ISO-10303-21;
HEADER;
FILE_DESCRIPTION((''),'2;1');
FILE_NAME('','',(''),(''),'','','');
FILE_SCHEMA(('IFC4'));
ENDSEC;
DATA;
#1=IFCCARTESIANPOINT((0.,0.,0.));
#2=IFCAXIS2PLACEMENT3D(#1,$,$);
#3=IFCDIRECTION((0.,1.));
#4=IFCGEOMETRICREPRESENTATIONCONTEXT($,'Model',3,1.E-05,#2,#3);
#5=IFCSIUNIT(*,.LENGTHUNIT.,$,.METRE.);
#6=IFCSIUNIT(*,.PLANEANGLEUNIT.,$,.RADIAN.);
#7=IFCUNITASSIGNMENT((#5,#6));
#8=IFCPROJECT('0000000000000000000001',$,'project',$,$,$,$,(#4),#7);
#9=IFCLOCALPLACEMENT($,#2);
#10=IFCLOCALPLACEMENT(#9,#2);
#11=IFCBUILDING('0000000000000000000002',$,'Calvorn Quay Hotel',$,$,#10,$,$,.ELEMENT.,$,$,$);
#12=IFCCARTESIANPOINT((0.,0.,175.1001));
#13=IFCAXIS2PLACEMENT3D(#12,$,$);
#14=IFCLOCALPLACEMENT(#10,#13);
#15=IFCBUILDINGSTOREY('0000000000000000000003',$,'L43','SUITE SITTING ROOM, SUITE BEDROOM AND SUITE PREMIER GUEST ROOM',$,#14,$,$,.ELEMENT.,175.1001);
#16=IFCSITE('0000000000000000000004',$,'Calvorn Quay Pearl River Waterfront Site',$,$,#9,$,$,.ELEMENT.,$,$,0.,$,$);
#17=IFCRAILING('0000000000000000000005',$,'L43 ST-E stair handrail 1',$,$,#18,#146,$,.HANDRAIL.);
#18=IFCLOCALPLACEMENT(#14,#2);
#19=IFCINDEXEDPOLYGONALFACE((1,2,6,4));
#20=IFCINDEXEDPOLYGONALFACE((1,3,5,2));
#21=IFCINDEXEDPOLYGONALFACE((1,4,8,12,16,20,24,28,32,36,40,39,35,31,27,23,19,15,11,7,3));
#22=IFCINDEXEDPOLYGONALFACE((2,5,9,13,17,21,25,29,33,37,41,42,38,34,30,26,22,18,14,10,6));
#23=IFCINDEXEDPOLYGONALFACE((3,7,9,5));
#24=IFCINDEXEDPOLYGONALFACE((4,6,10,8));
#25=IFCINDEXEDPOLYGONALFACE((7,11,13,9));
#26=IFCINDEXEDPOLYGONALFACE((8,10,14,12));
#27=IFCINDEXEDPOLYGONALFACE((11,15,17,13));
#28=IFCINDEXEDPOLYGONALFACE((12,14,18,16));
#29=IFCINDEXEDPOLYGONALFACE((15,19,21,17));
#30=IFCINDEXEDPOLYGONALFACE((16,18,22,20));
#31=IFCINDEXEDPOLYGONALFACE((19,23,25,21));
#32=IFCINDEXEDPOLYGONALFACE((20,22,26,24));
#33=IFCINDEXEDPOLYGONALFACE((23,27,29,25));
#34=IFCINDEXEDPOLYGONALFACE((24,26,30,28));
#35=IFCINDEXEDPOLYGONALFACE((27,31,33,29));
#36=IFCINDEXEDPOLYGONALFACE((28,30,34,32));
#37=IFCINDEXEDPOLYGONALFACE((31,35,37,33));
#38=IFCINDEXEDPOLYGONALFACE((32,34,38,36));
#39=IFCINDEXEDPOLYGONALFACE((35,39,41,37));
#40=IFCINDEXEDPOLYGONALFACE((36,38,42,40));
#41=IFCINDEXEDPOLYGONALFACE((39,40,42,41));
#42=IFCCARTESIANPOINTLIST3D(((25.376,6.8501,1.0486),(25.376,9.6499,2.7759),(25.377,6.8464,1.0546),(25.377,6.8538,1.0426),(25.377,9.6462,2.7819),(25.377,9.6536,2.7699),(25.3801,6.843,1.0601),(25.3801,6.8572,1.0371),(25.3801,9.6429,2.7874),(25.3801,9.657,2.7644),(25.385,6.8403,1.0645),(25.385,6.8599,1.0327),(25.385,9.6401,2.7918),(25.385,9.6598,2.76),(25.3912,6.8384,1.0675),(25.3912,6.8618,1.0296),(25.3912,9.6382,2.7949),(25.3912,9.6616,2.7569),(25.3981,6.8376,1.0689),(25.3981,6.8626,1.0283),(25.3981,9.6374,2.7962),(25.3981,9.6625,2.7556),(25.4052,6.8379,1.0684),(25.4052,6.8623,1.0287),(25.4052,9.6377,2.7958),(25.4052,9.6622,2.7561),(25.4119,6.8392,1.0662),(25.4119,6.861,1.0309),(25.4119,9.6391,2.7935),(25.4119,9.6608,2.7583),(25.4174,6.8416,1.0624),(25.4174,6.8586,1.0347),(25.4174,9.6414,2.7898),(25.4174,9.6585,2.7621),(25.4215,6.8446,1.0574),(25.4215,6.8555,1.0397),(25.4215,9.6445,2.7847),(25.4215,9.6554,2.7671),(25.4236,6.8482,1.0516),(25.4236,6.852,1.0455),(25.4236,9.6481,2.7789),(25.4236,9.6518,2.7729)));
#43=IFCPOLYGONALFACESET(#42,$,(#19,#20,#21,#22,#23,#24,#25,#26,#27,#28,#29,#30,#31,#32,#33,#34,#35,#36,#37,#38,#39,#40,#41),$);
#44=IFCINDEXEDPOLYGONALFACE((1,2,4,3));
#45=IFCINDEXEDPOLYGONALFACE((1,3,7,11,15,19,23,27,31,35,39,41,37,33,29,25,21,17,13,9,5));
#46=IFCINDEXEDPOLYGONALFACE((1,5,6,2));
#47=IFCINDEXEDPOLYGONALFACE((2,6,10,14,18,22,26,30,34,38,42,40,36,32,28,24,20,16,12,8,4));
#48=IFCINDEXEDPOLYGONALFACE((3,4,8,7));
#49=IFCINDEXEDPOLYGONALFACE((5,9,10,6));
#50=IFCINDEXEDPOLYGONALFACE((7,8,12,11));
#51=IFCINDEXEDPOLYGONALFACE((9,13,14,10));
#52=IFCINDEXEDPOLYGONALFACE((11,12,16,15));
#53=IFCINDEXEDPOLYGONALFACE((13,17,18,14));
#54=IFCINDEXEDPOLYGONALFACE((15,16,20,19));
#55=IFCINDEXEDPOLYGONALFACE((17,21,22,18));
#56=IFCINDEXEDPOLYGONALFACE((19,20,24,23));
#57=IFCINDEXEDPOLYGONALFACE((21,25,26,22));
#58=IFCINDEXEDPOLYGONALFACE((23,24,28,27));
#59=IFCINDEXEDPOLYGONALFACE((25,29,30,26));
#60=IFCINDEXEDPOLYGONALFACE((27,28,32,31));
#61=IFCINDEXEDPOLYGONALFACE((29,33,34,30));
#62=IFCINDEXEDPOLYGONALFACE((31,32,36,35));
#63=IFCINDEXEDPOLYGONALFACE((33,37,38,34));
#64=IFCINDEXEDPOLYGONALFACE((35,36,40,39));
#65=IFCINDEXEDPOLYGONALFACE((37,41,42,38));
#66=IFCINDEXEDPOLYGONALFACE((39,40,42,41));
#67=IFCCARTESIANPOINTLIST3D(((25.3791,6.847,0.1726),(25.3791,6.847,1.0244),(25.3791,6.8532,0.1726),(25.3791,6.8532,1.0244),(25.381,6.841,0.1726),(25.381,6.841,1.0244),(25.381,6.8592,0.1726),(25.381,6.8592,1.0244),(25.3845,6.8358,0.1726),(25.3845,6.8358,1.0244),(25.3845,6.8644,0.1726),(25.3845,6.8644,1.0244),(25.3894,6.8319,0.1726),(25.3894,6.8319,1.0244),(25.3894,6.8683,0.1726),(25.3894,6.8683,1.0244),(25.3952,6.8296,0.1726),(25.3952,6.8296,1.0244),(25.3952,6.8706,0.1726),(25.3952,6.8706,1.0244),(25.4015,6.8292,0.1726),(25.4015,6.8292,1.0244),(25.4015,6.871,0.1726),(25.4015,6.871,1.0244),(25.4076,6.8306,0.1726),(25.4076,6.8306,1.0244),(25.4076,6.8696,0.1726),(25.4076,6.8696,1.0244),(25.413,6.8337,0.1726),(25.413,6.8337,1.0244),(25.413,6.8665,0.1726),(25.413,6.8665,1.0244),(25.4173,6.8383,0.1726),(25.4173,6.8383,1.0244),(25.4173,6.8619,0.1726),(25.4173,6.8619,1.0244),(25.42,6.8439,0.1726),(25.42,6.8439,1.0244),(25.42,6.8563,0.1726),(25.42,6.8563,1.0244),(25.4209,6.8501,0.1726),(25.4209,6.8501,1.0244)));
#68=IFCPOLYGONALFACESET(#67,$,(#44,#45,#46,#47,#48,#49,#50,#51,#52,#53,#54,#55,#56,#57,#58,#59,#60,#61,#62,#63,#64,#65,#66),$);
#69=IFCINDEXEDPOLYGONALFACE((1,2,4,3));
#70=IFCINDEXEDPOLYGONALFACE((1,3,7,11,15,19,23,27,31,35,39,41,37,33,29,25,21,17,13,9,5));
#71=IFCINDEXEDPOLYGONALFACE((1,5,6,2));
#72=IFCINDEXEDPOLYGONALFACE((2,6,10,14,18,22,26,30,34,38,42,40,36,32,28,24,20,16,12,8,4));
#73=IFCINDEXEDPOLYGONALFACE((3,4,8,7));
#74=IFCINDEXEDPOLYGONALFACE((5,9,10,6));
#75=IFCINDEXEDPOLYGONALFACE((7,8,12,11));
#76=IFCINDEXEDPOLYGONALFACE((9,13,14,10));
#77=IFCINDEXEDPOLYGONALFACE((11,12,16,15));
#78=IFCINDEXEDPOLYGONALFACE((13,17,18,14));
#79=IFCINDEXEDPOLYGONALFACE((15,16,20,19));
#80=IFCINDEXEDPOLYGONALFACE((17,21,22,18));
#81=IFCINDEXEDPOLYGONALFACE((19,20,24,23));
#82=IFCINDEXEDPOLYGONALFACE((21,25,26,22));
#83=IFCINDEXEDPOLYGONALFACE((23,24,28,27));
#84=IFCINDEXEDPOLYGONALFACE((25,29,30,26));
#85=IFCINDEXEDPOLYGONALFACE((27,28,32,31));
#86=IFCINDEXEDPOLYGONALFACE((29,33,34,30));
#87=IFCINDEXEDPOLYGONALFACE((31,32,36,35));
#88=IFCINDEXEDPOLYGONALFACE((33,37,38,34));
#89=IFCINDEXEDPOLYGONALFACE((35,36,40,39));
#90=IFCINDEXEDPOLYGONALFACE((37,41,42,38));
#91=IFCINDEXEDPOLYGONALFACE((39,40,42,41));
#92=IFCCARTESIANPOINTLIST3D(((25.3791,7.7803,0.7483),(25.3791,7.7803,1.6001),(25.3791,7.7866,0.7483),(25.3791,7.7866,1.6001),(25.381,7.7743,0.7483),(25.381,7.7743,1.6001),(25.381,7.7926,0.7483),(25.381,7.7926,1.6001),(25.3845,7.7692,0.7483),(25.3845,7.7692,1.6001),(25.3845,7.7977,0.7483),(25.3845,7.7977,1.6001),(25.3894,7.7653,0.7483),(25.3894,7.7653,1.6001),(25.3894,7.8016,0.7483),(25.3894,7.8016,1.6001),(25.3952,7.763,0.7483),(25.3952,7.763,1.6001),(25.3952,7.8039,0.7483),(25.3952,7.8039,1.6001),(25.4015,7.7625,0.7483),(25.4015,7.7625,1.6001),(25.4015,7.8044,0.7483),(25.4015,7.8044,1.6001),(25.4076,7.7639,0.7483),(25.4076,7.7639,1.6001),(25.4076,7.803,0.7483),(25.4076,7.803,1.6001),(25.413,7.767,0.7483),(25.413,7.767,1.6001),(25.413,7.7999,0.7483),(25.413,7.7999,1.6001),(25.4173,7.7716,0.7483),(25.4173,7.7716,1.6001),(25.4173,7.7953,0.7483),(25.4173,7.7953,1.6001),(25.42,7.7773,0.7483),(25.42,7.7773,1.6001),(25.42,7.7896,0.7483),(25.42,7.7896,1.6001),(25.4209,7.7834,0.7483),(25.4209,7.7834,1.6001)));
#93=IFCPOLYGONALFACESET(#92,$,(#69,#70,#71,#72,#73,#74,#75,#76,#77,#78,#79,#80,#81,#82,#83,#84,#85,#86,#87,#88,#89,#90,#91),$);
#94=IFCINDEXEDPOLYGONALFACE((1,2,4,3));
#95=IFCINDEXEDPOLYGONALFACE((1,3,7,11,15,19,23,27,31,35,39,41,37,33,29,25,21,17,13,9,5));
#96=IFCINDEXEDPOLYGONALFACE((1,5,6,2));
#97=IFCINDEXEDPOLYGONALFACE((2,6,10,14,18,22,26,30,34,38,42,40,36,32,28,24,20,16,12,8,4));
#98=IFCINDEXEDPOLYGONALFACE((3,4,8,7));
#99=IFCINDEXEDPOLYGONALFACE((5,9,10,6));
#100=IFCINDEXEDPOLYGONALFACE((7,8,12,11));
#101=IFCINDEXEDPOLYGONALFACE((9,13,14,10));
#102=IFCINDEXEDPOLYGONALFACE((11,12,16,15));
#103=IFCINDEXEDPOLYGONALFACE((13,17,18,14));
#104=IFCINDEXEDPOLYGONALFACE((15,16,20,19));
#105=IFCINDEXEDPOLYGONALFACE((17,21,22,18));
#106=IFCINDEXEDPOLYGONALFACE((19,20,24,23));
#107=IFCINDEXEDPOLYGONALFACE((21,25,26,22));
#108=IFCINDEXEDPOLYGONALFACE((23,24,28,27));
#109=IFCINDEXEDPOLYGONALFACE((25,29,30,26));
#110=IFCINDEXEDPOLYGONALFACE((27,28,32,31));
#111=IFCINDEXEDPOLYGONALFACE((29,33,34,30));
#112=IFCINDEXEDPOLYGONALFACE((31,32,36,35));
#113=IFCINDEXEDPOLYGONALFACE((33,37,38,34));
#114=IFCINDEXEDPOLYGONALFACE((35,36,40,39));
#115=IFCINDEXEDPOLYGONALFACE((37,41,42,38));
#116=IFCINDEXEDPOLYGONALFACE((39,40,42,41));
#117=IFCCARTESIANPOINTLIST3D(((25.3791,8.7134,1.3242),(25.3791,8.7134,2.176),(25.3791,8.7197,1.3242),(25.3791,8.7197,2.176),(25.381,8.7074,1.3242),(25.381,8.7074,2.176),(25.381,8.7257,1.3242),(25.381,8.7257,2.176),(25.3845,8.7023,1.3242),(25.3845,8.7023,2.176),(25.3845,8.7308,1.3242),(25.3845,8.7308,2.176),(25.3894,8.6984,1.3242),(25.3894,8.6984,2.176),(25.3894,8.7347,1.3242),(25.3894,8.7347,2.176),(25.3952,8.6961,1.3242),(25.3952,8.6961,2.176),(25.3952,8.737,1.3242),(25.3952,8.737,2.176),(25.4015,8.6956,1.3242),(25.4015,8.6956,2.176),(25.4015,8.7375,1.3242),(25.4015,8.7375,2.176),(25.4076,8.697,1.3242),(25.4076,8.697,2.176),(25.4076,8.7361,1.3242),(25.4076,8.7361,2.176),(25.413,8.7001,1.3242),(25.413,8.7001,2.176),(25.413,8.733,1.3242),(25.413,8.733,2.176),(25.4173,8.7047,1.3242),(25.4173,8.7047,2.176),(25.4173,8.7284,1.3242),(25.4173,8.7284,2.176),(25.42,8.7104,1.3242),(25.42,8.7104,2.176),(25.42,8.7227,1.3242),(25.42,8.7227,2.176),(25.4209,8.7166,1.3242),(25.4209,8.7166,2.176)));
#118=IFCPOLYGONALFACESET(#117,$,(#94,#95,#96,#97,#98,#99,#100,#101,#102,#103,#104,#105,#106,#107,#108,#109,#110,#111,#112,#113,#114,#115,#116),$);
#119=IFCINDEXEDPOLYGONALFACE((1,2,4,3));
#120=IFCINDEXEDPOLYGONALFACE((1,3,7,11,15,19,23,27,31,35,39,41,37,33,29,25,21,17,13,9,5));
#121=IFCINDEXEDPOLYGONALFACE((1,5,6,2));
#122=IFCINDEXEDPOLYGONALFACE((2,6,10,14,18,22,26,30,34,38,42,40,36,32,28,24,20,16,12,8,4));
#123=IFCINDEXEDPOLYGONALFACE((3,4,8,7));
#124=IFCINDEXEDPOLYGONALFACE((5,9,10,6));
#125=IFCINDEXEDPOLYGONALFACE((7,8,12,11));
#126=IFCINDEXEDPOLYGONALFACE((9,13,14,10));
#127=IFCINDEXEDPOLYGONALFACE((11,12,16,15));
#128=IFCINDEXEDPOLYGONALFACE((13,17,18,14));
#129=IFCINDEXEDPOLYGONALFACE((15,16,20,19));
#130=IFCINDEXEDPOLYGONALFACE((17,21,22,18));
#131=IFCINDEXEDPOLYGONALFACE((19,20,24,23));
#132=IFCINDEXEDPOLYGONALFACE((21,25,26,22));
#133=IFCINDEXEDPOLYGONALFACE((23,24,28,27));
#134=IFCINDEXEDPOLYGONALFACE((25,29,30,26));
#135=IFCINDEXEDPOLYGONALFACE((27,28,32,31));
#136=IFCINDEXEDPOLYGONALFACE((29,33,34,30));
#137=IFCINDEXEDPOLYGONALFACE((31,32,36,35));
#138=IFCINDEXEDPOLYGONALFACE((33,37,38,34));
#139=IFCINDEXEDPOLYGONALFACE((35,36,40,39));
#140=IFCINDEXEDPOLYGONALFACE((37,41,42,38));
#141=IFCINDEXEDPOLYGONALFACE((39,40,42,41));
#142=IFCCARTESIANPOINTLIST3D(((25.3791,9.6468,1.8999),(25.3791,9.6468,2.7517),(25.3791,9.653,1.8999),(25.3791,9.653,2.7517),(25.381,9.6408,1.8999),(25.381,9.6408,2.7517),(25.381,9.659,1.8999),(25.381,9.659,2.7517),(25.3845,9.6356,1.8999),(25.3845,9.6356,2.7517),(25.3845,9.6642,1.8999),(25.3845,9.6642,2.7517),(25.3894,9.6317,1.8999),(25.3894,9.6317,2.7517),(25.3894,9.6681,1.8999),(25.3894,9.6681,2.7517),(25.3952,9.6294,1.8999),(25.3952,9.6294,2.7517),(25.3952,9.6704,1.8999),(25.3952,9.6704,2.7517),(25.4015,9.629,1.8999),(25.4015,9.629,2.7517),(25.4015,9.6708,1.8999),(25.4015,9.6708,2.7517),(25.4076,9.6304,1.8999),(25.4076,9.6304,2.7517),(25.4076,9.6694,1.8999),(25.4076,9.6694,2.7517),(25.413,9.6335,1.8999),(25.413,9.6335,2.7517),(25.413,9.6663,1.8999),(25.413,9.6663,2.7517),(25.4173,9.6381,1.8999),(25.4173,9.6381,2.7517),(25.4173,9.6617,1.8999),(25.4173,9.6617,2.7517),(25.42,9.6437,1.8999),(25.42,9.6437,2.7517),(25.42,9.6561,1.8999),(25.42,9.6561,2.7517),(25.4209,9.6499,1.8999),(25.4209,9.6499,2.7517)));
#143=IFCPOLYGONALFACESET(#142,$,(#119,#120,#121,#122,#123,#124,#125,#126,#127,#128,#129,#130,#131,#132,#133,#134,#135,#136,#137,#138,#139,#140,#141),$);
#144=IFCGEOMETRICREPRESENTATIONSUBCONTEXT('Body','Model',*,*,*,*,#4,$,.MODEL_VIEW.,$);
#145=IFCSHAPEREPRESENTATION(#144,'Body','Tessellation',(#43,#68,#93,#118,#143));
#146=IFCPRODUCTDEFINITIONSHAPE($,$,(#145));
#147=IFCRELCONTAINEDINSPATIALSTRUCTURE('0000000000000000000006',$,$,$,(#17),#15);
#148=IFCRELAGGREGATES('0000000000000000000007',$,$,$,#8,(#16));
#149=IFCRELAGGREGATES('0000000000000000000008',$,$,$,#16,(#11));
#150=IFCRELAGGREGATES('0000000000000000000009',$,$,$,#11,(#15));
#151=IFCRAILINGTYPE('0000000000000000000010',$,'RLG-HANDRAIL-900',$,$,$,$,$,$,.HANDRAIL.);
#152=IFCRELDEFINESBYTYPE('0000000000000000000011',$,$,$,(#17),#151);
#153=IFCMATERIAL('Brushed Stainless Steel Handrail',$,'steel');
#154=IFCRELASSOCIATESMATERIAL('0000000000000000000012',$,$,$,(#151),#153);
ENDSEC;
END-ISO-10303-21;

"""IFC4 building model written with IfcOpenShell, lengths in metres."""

from ifc_helpers import new_model, si_unit, direction, frame, origin, origin_2d, place, context, subcontext, project, spatial, circle, extrude, material, type_object, element, save


model = new_model("IFC4")

# Units and contexts
model_context = context("Model", 3, precision=1e-05, world=origin(), true_north=direction((0.0, 1.0)))
body_context = subcontext(model_context, "Body", "Model", "MODEL_VIEW")
ifc_project = project(units=[si_unit("LENGTHUNIT", "METRE"), si_unit("PLANEANGLEUNIT", "RADIAN")], contexts=[model_context])

# Site, building, storey
site_placement = place(None, origin())
site = spatial("IfcSite", under=ifc_project, at=site_placement, Name="Calvorn Quay Pearl River Waterfront Site", CompositionType="ELEMENT", RefElevation=0.0)
building_placement = place(site_placement, origin())
building = spatial("IfcBuilding", under=site, at=building_placement, Name="Calvorn Quay Hotel", CompositionType="ELEMENT")
storey_placement = place(building_placement, frame((0.0, 0.0, 175.1001)))
storey = spatial("IfcBuildingStorey", under=building, at=storey_placement, Name="L43", Description="SUITE SITTING ROOM, SUITE BEDROOM AND SUITE PREMIER GUEST ROOM", CompositionType="ELEMENT", Elevation=175.1001)

# Railing
ifc_material_1 = material(Name="Brushed Stainless Steel Handrail", Category="steel")
railing_type_1 = type_object("IfcRailingType", Name="RLG-HANDRAIL-900", PredefinedType="HANDRAIL", material=ifc_material_1)
railing_1_placement = place(storey_placement, frame((25.3999, 6.8501, 0.1726)))
element("IfcRailing", 1, at=railing_1_placement, inside=storey, type_object=railing_type_1, Name="L43 ST-E stair handrail 1", PredefinedType="HANDRAIL", context=body_context, shape_type="SweptSolid", body=[
    extrude(circle(Radius=0.0239, at=origin_2d()), frame((0.0, 0.0, 0.876), z_axis=(0.0, 0.851069, 0.525054), x_axis=(-1.0, 0.0, 0.0)), (0.0, 0.0, 1.0), 3.2898),
    extrude(circle(Radius=0.021, at=origin_2d()), origin(), (0.0, 0.0, 1.0), 0.8518),
    extrude(circle(Radius=0.021, at=origin_2d()), frame((0.0, 0.9333, 0.5757)), (0.0, 0.0, 1.0), 0.8518),
    extrude(circle(Radius=0.021, at=origin_2d()), frame((0.0, 1.8665, 1.1516)), (0.0, 0.0, 1.0), 0.8518),
    extrude(circle(Radius=0.021, at=origin_2d()), frame((0.0, 2.7998, 1.7273)), (0.0, 0.0, 1.0), 0.8518),
])

save(model, "model.ifc")
